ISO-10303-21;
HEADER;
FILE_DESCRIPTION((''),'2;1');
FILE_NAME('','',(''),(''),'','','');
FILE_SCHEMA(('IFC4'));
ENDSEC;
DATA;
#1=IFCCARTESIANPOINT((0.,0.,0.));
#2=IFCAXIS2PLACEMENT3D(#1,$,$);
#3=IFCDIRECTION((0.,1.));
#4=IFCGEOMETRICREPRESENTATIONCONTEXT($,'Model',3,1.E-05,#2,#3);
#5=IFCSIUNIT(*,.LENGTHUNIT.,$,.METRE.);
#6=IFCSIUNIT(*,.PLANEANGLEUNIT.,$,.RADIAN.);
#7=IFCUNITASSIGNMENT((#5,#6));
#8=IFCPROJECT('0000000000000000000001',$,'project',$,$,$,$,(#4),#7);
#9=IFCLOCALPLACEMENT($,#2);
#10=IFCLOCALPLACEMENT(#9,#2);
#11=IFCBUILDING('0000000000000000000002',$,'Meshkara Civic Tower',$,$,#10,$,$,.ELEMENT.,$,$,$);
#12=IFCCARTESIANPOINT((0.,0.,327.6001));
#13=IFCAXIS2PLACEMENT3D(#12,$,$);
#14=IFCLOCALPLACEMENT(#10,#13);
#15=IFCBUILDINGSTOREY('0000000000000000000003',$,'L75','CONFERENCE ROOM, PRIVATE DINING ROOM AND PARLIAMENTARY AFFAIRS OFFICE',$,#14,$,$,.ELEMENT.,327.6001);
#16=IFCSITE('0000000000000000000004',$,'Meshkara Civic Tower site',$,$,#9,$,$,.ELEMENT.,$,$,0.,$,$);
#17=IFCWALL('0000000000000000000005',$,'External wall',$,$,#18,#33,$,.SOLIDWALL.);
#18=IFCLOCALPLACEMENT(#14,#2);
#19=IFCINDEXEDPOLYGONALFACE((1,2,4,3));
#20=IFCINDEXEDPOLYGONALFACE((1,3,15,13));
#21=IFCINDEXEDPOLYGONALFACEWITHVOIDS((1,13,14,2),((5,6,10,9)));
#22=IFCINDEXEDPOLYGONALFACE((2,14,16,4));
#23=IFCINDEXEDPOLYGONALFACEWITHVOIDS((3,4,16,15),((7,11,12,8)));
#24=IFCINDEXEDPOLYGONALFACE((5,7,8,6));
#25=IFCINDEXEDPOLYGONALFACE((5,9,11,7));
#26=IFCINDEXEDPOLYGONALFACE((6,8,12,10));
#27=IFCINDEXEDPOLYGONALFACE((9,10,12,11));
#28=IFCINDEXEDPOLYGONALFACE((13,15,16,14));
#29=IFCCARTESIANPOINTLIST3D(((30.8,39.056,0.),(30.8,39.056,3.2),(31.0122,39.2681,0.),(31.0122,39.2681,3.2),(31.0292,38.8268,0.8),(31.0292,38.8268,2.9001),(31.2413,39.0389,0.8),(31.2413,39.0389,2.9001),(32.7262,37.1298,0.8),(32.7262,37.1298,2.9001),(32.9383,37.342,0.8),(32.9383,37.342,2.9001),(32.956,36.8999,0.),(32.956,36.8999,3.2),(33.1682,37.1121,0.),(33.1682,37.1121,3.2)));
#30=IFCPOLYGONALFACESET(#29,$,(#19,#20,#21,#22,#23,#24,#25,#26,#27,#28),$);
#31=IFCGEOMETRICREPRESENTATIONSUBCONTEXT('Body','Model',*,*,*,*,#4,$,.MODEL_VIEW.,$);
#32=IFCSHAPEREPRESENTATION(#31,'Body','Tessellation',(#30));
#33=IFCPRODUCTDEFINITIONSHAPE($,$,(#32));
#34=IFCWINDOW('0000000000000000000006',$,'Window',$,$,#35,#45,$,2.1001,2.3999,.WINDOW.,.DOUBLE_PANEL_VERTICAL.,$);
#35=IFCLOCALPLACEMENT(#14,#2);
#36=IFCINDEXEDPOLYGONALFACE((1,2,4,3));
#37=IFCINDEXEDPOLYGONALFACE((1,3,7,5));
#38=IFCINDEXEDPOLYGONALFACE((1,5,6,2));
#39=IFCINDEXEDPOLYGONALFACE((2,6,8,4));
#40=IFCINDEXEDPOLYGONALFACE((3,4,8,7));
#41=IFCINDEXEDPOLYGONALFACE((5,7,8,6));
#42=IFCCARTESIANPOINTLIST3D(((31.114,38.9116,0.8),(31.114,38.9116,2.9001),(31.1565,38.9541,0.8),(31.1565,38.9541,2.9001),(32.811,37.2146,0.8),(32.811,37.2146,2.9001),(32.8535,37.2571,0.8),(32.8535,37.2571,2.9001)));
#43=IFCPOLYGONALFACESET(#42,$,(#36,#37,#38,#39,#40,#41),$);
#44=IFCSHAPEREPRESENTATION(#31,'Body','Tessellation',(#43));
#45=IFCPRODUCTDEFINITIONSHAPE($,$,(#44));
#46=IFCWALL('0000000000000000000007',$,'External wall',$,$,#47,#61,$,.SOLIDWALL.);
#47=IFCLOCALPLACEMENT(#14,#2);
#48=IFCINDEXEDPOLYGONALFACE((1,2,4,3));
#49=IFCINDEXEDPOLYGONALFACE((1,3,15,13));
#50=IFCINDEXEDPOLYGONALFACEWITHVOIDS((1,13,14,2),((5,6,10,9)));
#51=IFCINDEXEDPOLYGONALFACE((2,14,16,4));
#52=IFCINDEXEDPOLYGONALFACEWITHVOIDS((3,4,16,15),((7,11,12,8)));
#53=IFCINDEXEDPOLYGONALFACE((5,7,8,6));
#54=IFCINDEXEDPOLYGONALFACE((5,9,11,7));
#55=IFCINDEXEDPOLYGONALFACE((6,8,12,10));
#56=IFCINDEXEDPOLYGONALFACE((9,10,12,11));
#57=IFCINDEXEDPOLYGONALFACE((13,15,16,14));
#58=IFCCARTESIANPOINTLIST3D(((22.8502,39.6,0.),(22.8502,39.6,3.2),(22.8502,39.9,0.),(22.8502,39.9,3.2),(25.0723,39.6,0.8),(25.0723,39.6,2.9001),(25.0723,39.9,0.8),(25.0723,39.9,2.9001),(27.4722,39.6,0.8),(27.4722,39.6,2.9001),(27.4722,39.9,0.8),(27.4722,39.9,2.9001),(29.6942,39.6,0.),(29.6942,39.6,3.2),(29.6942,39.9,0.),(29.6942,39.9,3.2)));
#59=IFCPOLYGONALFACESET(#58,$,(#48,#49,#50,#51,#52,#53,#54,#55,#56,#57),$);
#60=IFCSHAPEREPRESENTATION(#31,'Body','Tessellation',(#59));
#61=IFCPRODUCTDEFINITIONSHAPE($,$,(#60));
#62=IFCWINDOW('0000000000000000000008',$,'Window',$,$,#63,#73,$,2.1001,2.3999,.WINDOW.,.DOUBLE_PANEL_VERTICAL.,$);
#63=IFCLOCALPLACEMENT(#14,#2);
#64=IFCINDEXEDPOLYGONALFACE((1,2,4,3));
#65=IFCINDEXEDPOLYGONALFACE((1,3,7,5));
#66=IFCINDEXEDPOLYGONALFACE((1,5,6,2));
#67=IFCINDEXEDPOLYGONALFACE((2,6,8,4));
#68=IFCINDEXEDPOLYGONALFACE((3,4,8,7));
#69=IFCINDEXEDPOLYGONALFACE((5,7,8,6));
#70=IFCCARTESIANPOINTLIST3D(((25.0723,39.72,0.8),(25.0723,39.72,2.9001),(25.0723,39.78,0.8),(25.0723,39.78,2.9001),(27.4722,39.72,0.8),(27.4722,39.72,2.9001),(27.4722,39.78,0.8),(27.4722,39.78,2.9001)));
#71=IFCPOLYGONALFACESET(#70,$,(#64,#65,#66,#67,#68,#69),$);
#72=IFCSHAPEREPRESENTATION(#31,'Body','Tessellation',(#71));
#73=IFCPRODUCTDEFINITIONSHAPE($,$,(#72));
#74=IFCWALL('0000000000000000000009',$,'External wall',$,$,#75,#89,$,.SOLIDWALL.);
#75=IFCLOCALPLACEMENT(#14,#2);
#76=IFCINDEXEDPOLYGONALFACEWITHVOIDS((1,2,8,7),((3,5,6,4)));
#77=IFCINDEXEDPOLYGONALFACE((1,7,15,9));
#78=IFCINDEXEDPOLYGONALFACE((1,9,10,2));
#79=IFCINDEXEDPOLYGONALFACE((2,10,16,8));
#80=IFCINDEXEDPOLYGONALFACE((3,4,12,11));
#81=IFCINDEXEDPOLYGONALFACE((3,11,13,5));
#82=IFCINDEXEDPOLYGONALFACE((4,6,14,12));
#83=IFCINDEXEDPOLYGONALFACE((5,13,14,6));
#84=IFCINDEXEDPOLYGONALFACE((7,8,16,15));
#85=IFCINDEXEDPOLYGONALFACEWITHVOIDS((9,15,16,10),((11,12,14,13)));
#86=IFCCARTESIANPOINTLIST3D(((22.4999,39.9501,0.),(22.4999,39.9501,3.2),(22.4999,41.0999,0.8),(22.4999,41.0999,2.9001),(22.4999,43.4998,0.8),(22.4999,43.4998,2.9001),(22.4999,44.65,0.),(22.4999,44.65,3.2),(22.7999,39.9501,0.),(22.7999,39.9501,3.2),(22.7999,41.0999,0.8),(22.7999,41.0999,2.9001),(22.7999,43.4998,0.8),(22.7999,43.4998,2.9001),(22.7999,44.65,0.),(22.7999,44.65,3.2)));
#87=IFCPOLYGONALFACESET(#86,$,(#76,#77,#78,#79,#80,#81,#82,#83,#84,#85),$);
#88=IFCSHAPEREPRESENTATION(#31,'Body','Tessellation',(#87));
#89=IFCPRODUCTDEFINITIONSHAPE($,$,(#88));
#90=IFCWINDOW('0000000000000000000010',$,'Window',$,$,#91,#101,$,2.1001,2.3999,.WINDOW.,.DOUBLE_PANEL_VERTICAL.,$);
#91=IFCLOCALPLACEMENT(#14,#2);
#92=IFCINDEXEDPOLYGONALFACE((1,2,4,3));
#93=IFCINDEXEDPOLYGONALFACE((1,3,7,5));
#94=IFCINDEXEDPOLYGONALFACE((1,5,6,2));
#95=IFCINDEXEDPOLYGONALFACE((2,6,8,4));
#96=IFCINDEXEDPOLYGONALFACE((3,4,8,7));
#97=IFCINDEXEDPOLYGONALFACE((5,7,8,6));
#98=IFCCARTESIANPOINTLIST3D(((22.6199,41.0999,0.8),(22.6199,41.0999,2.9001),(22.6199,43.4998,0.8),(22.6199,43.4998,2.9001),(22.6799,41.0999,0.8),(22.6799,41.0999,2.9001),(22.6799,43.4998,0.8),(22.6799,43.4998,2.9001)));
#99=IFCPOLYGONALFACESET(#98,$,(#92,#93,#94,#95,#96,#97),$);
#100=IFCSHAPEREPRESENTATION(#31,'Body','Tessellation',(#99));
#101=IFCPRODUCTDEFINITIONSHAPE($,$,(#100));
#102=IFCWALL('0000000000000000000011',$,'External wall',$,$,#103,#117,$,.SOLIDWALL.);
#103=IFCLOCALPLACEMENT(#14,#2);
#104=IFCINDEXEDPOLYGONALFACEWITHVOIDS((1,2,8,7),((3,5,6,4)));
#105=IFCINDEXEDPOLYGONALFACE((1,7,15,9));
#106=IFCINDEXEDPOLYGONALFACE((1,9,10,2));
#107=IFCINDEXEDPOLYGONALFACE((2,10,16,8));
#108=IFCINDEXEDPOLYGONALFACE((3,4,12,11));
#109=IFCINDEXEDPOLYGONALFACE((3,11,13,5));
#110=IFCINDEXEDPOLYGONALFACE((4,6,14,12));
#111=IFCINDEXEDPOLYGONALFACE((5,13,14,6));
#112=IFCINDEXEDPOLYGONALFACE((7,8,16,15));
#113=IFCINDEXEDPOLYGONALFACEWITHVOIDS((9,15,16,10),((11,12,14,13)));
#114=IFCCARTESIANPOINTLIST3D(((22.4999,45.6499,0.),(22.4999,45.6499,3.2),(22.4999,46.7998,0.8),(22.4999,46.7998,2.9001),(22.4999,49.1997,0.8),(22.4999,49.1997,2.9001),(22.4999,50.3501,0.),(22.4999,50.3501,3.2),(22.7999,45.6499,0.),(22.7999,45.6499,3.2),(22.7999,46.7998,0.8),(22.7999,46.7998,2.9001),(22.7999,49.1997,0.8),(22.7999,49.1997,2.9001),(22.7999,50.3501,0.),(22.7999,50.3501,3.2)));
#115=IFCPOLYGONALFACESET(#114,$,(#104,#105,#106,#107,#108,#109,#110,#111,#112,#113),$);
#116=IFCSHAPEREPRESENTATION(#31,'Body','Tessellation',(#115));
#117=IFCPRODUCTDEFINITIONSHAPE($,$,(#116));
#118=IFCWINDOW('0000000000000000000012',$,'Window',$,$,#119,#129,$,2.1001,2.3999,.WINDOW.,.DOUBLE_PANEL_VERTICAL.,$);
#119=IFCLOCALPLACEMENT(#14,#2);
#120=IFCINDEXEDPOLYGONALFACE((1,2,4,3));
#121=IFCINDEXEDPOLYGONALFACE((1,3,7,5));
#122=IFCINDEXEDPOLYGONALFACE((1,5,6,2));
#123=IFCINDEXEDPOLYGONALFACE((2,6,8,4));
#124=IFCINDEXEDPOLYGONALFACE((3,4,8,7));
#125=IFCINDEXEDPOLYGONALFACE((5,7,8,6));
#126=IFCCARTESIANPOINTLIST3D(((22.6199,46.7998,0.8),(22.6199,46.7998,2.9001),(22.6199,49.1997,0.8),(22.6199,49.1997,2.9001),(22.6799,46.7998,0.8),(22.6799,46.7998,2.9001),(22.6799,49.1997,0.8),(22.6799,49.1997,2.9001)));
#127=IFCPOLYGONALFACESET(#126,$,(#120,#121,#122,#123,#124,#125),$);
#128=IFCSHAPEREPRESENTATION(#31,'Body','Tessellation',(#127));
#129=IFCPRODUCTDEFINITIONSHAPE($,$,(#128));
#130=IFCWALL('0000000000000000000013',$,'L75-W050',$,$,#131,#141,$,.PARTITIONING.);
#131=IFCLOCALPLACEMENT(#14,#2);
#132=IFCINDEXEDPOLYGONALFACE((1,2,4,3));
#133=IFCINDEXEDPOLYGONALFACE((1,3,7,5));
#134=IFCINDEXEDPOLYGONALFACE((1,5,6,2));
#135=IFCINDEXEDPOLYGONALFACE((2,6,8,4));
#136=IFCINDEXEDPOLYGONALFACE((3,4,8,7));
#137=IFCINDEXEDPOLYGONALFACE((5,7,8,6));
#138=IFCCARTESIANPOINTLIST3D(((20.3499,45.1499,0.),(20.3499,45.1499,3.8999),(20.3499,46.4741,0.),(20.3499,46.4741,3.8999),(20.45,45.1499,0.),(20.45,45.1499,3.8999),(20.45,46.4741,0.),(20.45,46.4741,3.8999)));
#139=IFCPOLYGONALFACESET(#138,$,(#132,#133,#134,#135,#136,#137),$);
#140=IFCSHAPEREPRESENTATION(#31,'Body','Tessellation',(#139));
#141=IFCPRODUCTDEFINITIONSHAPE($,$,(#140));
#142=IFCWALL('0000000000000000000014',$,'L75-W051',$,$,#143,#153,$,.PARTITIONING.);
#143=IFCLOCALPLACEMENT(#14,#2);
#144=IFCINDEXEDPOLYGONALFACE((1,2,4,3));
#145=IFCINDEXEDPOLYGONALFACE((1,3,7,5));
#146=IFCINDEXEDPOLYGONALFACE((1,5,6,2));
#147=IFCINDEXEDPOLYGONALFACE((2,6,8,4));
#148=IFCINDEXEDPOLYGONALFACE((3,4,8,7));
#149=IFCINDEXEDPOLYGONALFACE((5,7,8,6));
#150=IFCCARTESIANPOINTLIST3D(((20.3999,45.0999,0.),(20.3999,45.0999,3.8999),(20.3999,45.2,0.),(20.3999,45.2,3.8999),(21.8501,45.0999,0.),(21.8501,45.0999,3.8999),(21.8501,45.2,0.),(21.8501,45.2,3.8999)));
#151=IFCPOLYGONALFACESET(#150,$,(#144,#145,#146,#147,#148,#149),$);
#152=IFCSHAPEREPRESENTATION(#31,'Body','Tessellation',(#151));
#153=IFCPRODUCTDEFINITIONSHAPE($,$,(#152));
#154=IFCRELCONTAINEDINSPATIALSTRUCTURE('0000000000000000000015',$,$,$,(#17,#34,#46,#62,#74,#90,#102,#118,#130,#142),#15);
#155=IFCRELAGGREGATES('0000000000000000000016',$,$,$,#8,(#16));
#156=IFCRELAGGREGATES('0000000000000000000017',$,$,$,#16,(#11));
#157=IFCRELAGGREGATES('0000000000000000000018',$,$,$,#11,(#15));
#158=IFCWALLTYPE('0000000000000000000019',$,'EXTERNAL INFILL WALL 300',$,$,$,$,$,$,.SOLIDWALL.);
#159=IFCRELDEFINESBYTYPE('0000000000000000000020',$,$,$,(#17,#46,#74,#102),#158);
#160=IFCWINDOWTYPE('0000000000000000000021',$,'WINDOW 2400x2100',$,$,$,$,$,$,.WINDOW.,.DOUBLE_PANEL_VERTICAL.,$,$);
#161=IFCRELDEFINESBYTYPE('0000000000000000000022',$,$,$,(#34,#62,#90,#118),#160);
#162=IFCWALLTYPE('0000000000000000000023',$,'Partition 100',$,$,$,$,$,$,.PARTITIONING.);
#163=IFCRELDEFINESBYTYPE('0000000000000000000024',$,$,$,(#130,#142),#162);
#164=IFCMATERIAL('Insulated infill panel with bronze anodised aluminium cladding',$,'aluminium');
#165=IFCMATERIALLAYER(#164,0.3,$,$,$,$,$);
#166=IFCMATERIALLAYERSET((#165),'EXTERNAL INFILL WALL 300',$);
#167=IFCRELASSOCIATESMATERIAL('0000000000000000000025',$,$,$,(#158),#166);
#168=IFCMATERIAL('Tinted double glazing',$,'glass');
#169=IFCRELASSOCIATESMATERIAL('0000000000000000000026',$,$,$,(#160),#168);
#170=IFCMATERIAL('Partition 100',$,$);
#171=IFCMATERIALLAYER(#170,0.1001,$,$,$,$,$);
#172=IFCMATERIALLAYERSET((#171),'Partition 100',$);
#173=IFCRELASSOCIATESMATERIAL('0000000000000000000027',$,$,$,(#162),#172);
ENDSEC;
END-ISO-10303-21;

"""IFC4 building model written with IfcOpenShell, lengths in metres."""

from ifc_helpers import new_model, si_unit, direction, frame, frame_2d, origin, place, context, subcontext, project, spatial, rectangle, extrude, material, layer, layer_set, type_object, element, fill, save


model = new_model("IFC4")

# Units and contexts
model_context = context("Model", 3, precision=1e-05, world=origin(), true_north=direction((0.0, 1.0)))
body_context = subcontext(model_context, "Body", "Model", "MODEL_VIEW")
ifc_project = project(units=[si_unit("LENGTHUNIT", "METRE"), si_unit("PLANEANGLEUNIT", "RADIAN")], contexts=[model_context])

# Site, building, storey
site_placement = place(None, origin())
site = spatial("IfcSite", under=ifc_project, at=site_placement, Name="Meshkara Civic Tower site", CompositionType="ELEMENT", RefElevation=0.0)
building_placement = place(site_placement, origin())
building = spatial("IfcBuilding", under=site, at=building_placement, Name="Meshkara Civic Tower", CompositionType="ELEMENT")
storey_placement = place(building_placement, frame((0.0, 0.0, 327.6001)))
storey = spatial("IfcBuildingStorey", under=building, at=storey_placement, Name="L75", Description="CONFERENCE ROOM, PRIVATE DINING ROOM AND PARLIAMENTARY AFFAIRS OFFICE", CompositionType="ELEMENT", Elevation=327.6001)

# Walls, openings, windows
ifc_material_1 = material(Name="Insulated infill panel with bronze anodised aluminium cladding", Category="aluminium")
ifc_layer_1 = layer(ifc_material_1, 0.3)
ifc_layer_set_1 = layer_set([ifc_layer_1], Name="EXTERNAL INFILL WALL 300")
wall_type_1 = type_object("IfcWallType", Name="EXTERNAL INFILL WALL 300", PredefinedType="SOLIDWALL", material=ifc_layer_set_1)
wall_1_placement = place(storey_placement, frame((33.062, 37.0061, 0.0), z_axis=(0.0, 0.0, 1.0), x_axis=(-0.707107, 0.707107, 0.0)))
wall_1 = element("IfcWall", 1, at=wall_1_placement, inside=storey, type_object=wall_type_1, Name="External wall", PredefinedType="SOLIDWALL", context=body_context, shape_type="SweptSolid", body=[
    extrude(rectangle(XDim=3.0491, YDim=0.3, at=frame_2d((1.5244, 0.0))), origin(), (0.0, 0.0, 1.0), 3.2),
])
opening_1_placement = place(wall_1_placement, frame((0.325, 0.0, 0.8)))
opening_1 = element("IfcOpeningElement", 2, at=opening_1_placement, cuts=wall_1, PredefinedType="OPENING", context=body_context, shape_type="SweptSolid", body=[
    extrude(rectangle(XDim=2.3999, YDim=2.1001, at=frame_2d((1.2, 1.05))), frame((0.0, 0.1599, 0.0), z_axis=(0.0, -1.0, 0.0), x_axis=(1.0, 0.0, 0.0)), (0.0, 0.0, 1.0), 0.3201),
])
ifc_material_2 = material(Name="Tinted double glazing", Category="glass")
window_type = type_object("IfcWindowType", Name="WINDOW 2400x2100", PartitioningType="DOUBLE_PANEL_VERTICAL", PredefinedType="WINDOW", material=ifc_material_2)
window_1_placement = place(opening_1_placement, origin())
window_1 = element("IfcWindow", 3, at=window_1_placement, inside=storey, type_object=window_type, Name="Window", OverallHeight=2.1001, OverallWidth=2.3999, PartitioningType="DOUBLE_PANEL_VERTICAL", PredefinedType="WINDOW", context=body_context, shape_type="SweptSolid", body=[
    extrude(rectangle(XDim=2.3999, YDim=2.1001, at=frame_2d((1.2, 1.05))), frame((0.0, 0.03, 0.0), z_axis=(0.0, -1.0, 0.0), x_axis=(1.0, 0.0, 0.0)), (0.0, 0.0, 1.0), 0.0601),
])
fill(opening_1, window_1)
wall_2_placement = place(storey_placement, frame((29.6941, 39.75, 0.0), z_axis=(0.0, 0.0, 1.0), x_axis=(-1.0, 0.0, 0.0)))
wall_2 = element("IfcWall", 4, at=wall_2_placement, inside=storey, type_object=wall_type_1, Name="External wall", PredefinedType="SOLIDWALL", context=body_context, shape_type="SweptSolid", body=[
    extrude(rectangle(XDim=6.844, YDim=0.3, at=frame_2d((3.4219, 0.0))), origin(), (0.0, 0.0, 1.0), 3.2),
])
opening_2_placement = place(wall_2_placement, frame((2.2219, 0.0, 0.8)))
opening_2 = element("IfcOpeningElement", 5, at=opening_2_placement, cuts=wall_2, PredefinedType="OPENING", context=body_context, shape_type="SweptSolid", body=[
    extrude(rectangle(XDim=2.3999, YDim=2.1001, at=frame_2d((1.2, 1.05))), frame((0.0, 0.1599, 0.0), z_axis=(0.0, -1.0, 0.0), x_axis=(1.0, 0.0, 0.0)), (0.0, 0.0, 1.0), 0.3201),
])
window_2_placement = place(opening_2_placement, origin())
window_2 = element("IfcWindow", 6, at=window_2_placement, inside=storey, type_object=window_type, Name="Window", OverallHeight=2.1001, OverallWidth=2.3999, PartitioningType="DOUBLE_PANEL_VERTICAL", PredefinedType="WINDOW", context=body_context, shape_type="SweptSolid", body=[
    extrude(rectangle(XDim=2.3999, YDim=2.1001, at=frame_2d((1.2, 1.05))), frame((0.0, 0.03, 0.0), z_axis=(0.0, -1.0, 0.0), x_axis=(1.0, 0.0, 0.0)), (0.0, 0.0, 1.0), 0.0601),
])
fill(opening_2, window_2)
wall_3_placement = place(storey_placement, frame((22.6499, 39.95, 0.0), z_axis=(0.0, 0.0, 1.0), x_axis=(0.0, 1.0, 0.0)))
wall_3 = element("IfcWall", 7, at=wall_3_placement, inside=storey, type_object=wall_type_1, Name="External wall", PredefinedType="SOLIDWALL", context=body_context, shape_type="SweptSolid", body=[
    extrude(rectangle(XDim=4.7, YDim=0.3, at=frame_2d((2.3501, 0.0))), origin(), (0.0, 0.0, 1.0), 3.2),
])
opening_3_placement = place(wall_3_placement, frame((1.1499, 0.0, 0.8)))
opening_3 = element("IfcOpeningElement", 8, at=opening_3_placement, cuts=wall_3, PredefinedType="OPENING", context=body_context, shape_type="SweptSolid", body=[
    extrude(rectangle(XDim=2.3999, YDim=2.1001, at=frame_2d((1.2, 1.05))), frame((0.0, 0.1599, 0.0), z_axis=(0.0, -1.0, 0.0), x_axis=(1.0, 0.0, 0.0)), (0.0, 0.0, 1.0), 0.3201),
])
window_3_placement = place(opening_3_placement, origin())
window_3 = element("IfcWindow", 9, at=window_3_placement, inside=storey, type_object=window_type, Name="Window", OverallHeight=2.1001, OverallWidth=2.3999, PartitioningType="DOUBLE_PANEL_VERTICAL", PredefinedType="WINDOW", context=body_context, shape_type="SweptSolid", body=[
    extrude(rectangle(XDim=2.3999, YDim=2.1001, at=frame_2d((1.2, 1.05))), frame((0.0, 0.03, 0.0), z_axis=(0.0, -1.0, 0.0), x_axis=(1.0, 0.0, 0.0)), (0.0, 0.0, 1.0), 0.0601),
])
fill(opening_3, window_3)
wall_4_placement = place(storey_placement, frame((22.6499, 45.6499, 0.0), z_axis=(0.0, 0.0, 1.0), x_axis=(0.0, 1.0, 0.0)))
wall_4 = element("IfcWall", 10, at=wall_4_placement, inside=storey, type_object=wall_type_1, Name="External wall", PredefinedType="SOLIDWALL", context=body_context, shape_type="SweptSolid", body=[
    extrude(rectangle(XDim=4.7002, YDim=0.3, at=frame_2d((2.3501, 0.0))), origin(), (0.0, 0.0, 1.0), 3.2),
])
opening_4_placement = place(wall_4_placement, frame((1.1499, 0.0, 0.8)))
opening_4 = element("IfcOpeningElement", 11, at=opening_4_placement, cuts=wall_4, PredefinedType="OPENING", context=body_context, shape_type="SweptSolid", body=[
    extrude(rectangle(XDim=2.3999, YDim=2.1001, at=frame_2d((1.2, 1.05))), frame((0.0, 0.1599, 0.0), z_axis=(0.0, -1.0, 0.0), x_axis=(1.0, 0.0, 0.0)), (0.0, 0.0, 1.0), 0.3201),
])
window_4_placement = place(opening_4_placement, origin())
window_4 = element("IfcWindow", 12, at=window_4_placement, inside=storey, type_object=window_type, Name="Window", OverallHeight=2.1001, OverallWidth=2.3999, PartitioningType="DOUBLE_PANEL_VERTICAL", PredefinedType="WINDOW", context=body_context, shape_type="SweptSolid", body=[
    extrude(rectangle(XDim=2.3999, YDim=2.1001, at=frame_2d((1.2, 1.05))), frame((0.0, 0.03, 0.0), z_axis=(0.0, -1.0, 0.0), x_axis=(1.0, 0.0, 0.0)), (0.0, 0.0, 1.0), 0.0601),
])
fill(opening_4, window_4)

# Walls
ifc_material_3 = material(Name="Partition 100")
ifc_layer_2 = layer(ifc_material_3, 0.1001)
ifc_layer_set_2 = layer_set([ifc_layer_2], Name="Partition 100")
wall_type_2 = type_object("IfcWallType", Name="Partition 100", PredefinedType="PARTITIONING", material=ifc_layer_set_2)
wall_5_placement = place(storey_placement, frame((20.3999, 45.1499, 0.0), z_axis=(0.0, 0.0, 1.0), x_axis=(0.0, 1.0, 0.0)))
element("IfcWall", 13, at=wall_5_placement, inside=storey, type_object=wall_type_2, Name="L75-W050", PredefinedType="PARTITIONING", context=body_context, shape_type="SweptSolid", body=[
    extrude(rectangle(XDim=1.3242, YDim=0.1001, at=frame_2d((0.6621, 0.0))), origin(), (0.0, 0.0, 1.0), 3.8999),
])
wall_6_placement = place(storey_placement, frame((21.8501, 45.1499, 0.0), z_axis=(0.0, 0.0, 1.0), x_axis=(-1.0, 0.0, 0.0)))
element("IfcWall", 14, at=wall_6_placement, inside=storey, type_object=wall_type_2, Name="L75-W051", PredefinedType="PARTITIONING", context=body_context, shape_type="SweptSolid", body=[
    extrude(rectangle(XDim=1.4502, YDim=0.1001, at=frame_2d((0.7251, 0.0))), origin(), (0.0, 0.0, 1.0), 3.8999),
])

save(model, "model.ifc")
